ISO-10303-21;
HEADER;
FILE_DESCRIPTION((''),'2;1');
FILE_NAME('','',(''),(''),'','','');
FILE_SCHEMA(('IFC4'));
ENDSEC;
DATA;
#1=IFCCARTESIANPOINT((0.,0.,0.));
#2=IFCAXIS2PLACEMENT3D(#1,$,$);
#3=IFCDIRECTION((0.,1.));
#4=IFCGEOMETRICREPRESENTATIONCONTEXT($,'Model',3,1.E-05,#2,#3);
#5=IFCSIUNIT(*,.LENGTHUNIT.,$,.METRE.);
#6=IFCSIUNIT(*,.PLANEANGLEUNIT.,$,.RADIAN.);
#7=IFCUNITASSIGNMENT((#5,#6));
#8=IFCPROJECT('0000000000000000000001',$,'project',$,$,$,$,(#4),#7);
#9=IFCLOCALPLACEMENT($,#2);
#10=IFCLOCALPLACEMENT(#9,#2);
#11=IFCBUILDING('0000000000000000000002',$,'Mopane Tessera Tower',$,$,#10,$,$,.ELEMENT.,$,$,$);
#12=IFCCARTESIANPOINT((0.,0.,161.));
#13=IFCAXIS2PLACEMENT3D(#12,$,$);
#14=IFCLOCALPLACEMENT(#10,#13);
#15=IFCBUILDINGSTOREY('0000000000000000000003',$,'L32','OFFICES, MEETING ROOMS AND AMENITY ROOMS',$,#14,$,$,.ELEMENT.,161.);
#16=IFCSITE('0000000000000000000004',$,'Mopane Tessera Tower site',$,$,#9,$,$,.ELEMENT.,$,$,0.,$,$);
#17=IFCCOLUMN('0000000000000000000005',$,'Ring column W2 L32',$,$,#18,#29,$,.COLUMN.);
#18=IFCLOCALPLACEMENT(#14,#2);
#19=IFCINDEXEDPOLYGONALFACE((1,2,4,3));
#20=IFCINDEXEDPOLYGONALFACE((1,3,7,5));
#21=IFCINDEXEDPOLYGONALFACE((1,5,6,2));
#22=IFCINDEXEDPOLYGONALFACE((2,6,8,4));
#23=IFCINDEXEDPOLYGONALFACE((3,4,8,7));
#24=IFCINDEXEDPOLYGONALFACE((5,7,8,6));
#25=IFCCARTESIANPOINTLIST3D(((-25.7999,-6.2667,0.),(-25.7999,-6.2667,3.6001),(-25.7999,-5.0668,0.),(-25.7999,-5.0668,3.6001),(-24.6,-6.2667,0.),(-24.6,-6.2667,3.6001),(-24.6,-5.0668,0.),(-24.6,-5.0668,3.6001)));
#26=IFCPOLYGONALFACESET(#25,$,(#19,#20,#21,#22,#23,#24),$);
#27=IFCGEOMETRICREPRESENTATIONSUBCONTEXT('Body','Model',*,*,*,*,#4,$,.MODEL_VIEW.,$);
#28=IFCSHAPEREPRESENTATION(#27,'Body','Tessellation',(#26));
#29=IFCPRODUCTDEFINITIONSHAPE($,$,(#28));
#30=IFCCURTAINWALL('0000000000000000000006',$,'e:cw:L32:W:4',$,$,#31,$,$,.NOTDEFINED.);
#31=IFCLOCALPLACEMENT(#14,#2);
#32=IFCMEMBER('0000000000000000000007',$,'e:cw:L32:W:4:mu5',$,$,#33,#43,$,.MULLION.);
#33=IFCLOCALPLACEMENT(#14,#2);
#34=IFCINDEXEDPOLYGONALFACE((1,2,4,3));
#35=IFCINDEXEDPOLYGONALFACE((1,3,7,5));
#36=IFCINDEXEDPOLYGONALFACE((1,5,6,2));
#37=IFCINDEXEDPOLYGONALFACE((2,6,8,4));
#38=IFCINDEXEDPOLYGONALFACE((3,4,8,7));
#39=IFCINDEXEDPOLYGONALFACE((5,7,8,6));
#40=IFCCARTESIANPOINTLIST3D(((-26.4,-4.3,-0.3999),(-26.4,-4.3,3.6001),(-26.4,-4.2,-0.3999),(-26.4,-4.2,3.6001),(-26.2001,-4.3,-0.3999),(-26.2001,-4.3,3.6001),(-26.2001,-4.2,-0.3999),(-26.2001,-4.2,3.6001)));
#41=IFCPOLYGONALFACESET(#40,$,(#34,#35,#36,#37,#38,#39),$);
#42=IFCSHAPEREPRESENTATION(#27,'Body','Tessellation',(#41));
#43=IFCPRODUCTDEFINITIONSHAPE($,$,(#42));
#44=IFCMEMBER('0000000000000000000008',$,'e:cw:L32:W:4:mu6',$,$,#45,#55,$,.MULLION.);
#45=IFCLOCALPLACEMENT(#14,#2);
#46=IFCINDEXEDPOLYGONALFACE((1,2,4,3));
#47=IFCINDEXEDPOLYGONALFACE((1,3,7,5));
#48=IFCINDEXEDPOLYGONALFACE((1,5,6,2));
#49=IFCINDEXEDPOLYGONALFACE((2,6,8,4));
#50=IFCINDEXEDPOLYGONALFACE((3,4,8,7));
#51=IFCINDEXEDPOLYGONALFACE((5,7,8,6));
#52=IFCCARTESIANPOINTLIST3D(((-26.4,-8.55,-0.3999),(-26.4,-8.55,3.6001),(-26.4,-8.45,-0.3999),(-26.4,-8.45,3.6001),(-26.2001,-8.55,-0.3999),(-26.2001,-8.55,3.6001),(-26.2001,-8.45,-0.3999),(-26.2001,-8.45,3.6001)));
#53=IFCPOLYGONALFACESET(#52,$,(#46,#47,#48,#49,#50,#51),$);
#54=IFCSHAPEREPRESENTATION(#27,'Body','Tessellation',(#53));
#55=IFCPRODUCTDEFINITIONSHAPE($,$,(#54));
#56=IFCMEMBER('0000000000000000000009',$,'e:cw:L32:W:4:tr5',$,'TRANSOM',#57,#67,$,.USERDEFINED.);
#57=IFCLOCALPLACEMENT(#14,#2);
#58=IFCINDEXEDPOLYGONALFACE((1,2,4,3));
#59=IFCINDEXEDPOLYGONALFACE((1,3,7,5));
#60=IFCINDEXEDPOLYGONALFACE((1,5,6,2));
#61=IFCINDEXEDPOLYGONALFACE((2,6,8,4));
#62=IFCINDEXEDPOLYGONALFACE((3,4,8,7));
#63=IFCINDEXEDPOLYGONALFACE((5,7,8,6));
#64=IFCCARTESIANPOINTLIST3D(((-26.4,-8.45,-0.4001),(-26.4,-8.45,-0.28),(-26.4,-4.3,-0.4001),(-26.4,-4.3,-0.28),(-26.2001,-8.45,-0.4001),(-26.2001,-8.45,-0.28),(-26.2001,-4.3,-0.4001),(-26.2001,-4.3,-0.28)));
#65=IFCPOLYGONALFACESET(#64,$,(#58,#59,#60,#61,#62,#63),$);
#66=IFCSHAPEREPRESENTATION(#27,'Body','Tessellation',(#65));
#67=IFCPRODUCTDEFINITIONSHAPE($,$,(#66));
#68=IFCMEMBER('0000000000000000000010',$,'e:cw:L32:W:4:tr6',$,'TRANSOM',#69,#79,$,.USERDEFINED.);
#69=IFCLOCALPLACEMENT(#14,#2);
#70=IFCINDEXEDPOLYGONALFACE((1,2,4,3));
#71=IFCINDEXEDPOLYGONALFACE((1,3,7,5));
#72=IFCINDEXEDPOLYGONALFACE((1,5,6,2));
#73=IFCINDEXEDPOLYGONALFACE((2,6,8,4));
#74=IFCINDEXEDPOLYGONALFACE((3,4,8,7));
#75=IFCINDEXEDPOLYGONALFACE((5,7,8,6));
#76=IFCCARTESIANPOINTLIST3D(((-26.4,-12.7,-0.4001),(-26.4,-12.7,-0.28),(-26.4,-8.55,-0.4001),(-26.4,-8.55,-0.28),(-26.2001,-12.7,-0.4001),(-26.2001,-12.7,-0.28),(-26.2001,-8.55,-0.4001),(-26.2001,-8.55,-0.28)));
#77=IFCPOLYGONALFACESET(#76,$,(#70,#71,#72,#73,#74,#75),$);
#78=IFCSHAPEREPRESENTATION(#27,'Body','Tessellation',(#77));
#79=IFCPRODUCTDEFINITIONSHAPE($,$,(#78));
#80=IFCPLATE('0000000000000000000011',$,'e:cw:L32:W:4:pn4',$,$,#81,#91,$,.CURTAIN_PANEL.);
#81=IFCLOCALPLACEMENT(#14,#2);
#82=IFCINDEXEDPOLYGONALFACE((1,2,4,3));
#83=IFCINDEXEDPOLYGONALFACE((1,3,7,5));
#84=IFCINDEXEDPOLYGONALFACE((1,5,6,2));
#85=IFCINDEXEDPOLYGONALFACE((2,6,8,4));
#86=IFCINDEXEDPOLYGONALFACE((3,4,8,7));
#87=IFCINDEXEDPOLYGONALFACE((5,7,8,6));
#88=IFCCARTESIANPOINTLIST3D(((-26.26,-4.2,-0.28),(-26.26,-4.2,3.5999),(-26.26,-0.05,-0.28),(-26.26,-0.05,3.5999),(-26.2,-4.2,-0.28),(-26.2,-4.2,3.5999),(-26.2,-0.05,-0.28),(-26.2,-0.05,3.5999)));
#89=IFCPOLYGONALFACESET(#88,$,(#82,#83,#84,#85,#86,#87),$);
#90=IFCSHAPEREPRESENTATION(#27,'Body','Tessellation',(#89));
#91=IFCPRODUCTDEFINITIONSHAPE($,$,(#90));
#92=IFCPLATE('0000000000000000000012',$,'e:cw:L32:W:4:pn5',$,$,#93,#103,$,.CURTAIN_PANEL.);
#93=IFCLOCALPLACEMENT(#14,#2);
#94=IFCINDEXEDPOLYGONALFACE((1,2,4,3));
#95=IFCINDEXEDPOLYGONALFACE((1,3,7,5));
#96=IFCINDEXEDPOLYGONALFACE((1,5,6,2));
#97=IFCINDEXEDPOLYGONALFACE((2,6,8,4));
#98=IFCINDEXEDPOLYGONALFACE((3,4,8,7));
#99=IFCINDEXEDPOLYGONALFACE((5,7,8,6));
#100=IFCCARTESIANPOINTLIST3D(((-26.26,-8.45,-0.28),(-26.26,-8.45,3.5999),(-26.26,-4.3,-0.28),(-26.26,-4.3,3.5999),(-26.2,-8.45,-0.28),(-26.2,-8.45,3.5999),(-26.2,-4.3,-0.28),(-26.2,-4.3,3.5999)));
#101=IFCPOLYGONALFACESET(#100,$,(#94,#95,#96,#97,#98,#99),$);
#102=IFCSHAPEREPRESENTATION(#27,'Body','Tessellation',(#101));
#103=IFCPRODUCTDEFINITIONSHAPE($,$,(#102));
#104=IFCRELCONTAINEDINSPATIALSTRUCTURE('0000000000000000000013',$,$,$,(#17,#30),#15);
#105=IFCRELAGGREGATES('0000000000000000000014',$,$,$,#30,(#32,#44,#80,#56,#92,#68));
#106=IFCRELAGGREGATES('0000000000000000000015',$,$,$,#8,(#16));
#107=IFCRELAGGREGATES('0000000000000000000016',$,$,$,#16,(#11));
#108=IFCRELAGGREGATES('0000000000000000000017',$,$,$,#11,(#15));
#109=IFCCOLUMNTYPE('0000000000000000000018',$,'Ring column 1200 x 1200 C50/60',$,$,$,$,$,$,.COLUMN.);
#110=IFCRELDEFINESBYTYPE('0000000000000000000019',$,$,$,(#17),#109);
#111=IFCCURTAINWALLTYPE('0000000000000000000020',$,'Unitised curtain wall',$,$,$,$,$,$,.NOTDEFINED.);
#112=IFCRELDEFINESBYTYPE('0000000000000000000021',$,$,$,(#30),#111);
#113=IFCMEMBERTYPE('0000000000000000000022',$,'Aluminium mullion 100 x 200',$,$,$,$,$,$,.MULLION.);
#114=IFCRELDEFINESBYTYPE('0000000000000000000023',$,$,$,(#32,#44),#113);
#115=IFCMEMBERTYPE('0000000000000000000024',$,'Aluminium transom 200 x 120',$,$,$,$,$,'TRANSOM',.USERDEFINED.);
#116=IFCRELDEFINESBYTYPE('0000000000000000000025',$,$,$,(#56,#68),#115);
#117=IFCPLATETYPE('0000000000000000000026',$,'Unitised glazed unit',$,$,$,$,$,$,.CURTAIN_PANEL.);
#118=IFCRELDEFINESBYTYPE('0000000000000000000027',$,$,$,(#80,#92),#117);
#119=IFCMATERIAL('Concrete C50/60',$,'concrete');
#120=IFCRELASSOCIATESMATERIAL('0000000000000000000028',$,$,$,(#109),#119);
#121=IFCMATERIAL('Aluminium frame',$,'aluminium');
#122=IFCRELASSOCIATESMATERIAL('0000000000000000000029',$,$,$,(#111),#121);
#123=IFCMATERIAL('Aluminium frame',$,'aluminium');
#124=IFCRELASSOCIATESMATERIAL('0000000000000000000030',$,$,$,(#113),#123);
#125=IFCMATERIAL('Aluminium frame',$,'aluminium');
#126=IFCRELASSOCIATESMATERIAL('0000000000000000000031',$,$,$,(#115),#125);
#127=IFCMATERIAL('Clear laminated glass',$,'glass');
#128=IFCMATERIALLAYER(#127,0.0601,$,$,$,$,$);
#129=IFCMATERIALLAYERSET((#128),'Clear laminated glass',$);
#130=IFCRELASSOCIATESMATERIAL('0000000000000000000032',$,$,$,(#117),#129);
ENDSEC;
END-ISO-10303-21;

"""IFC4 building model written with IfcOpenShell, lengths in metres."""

from ifc_helpers import new_model, si_unit, direction, frame, origin, origin_2d, place, context, subcontext, project, spatial, rectangle, extrude, material, layer, layer_set, material_profile, profile_set, type_object, element, aggregate, save


model = new_model("IFC4")

# Units and contexts
model_context = context("Model", 3, precision=1e-05, world=origin(), true_north=direction((0.0, 1.0)))
body_context = subcontext(model_context, "Body", "Model", "MODEL_VIEW")
ifc_project = project(units=[si_unit("LENGTHUNIT", "METRE"), si_unit("PLANEANGLEUNIT", "RADIAN")], contexts=[model_context])

# Site, building, storey
site_placement = place(None, origin())
site = spatial("IfcSite", under=ifc_project, at=site_placement, Name="Mopane Tessera Tower site", CompositionType="ELEMENT", RefElevation=0.0)
building_placement = place(site_placement, origin())
building = spatial("IfcBuilding", under=site, at=building_placement, Name="Mopane Tessera Tower", CompositionType="ELEMENT")
storey_placement = place(building_placement, frame((0.0, 0.0, 161.0)))
storey = spatial("IfcBuildingStorey", under=building, at=storey_placement, Name="L32", Description="OFFICES, MEETING ROOMS AND AMENITY ROOMS", CompositionType="ELEMENT", Elevation=161.0)

# Column
ifc_material_1 = material(Name="Concrete C50/60", Category="concrete")
ifc_material_profile_1 = material_profile(ifc_material_1, rectangle(XDim=1.2, YDim=1.2, at=origin_2d()))
ifc_profile_set_1 = profile_set([ifc_material_profile_1], Name="Concrete C50/60")
column_type = type_object("IfcColumnType", Name="Ring column 1200 x 1200 C50/60", PredefinedType="COLUMN", material=ifc_profile_set_1)
column_placement = place(storey_placement, frame((-25.2, -5.6667, 0.0), z_axis=(0.0, 0.0, 1.0), x_axis=(1.0, 0.0, 0.0)))
element("IfcColumn", 1, at=column_placement, inside=storey, type_object=column_type, Name="Ring column W2 L32", PredefinedType="COLUMN", context=body_context, shape_type="SweptSolid", body=[
    extrude(rectangle(XDim=1.2, YDim=1.2, at=origin_2d()), origin(), (0.0, 0.0, 1.0), 3.6001),
])

# Curtain wall, members, plates
ifc_material_2 = material(Name="Aluminium frame", Category="aluminium")
curtain_wall_type = type_object("IfcCurtainWallType", Name="Unitised curtain wall", PredefinedType="NOTDEFINED", material=ifc_material_2)
curtain_wall_placement = place(storey_placement, origin())
curtain_wall = element("IfcCurtainWall", 2, at=curtain_wall_placement, inside=storey, type_object=curtain_wall_type, Name="e:cw:L32:W:4", PredefinedType="NOTDEFINED")
ifc_material_3 = material(Name="Aluminium frame", Category="aluminium")
ifc_material_profile_2 = material_profile(ifc_material_3, rectangle(XDim=0.1001, YDim=0.2, at=origin_2d()))
ifc_profile_set_2 = profile_set([ifc_material_profile_2], Name="Aluminium frame")
member_type_1 = type_object("IfcMemberType", Name="Aluminium mullion 100 x 200", PredefinedType="MULLION", material=ifc_profile_set_2)
member_1_placement = place(storey_placement, frame((-26.3, -4.25, -0.3999), z_axis=(0.0, 0.0, 1.0), x_axis=(0.0, -1.0, 0.0)))
member_1 = element("IfcMember", 3, at=member_1_placement, type_object=member_type_1, Name="e:cw:L32:W:4:mu5", PredefinedType="MULLION", context=body_context, shape_type="SweptSolid", body=[
    extrude(rectangle(XDim=0.1001, YDim=0.2, at=origin_2d()), origin(), (0.0, 0.0, 1.0), 4.0),
])
member_2_placement = place(storey_placement, frame((-26.3, -8.5, -0.3999), z_axis=(0.0, 0.0, 1.0), x_axis=(0.0, -1.0, 0.0)))
member_2 = element("IfcMember", 4, at=member_2_placement, type_object=member_type_1, Name="e:cw:L32:W:4:mu6", PredefinedType="MULLION", context=body_context, shape_type="SweptSolid", body=[
    extrude(rectangle(XDim=0.1001, YDim=0.2, at=origin_2d()), origin(), (0.0, 0.0, 1.0), 4.0),
])
ifc_material_4 = material(Name="Aluminium frame", Category="aluminium")
ifc_material_profile_3 = material_profile(ifc_material_4, rectangle(XDim=0.2, YDim=0.1201, at=origin_2d()))
ifc_profile_set_3 = profile_set([ifc_material_profile_3], Name="Aluminium frame")
member_type_2 = type_object("IfcMemberType", Name="Aluminium transom 200 x 120", ElementType="TRANSOM", PredefinedType="USERDEFINED", material=ifc_profile_set_3)
member_3_placement = place(storey_placement, frame((-26.3, -4.3, -0.3401), z_axis=(0.0, -1.0, 0.0), x_axis=(1.0, 0.0, 0.0)))
member_3 = element("IfcMember", 5, at=member_3_placement, type_object=member_type_2, Name="e:cw:L32:W:4:tr5", ObjectType="TRANSOM", PredefinedType="USERDEFINED", context=body_context, shape_type="SweptSolid", body=[
    extrude(rectangle(XDim=0.2, YDim=0.1201, at=origin_2d()), origin(), (0.0, 0.0, 1.0), 4.1499),
])
member_4_placement = place(storey_placement, frame((-26.3, -8.55, -0.3401), z_axis=(0.0, -1.0, 0.0), x_axis=(1.0, 0.0, 0.0)))
member_4 = element("IfcMember", 6, at=member_4_placement, type_object=member_type_2, Name="e:cw:L32:W:4:tr6", ObjectType="TRANSOM", PredefinedType="USERDEFINED", context=body_context, shape_type="SweptSolid", body=[
    extrude(rectangle(XDim=0.2, YDim=0.1201, at=origin_2d()), origin(), (0.0, 0.0, 1.0), 4.1499),
])
ifc_material_5 = material(Name="Clear laminated glass", Category="glass")
ifc_layer_1 = layer(ifc_material_5, 0.0601)
ifc_layer_set_1 = layer_set([ifc_layer_1], Name="Clear laminated glass")
plate_type = type_object("IfcPlateType", Name="Unitised glazed unit", PredefinedType="CURTAIN_PANEL", material=ifc_layer_set_1)
plate_1_placement = place(storey_placement, frame((-26.23, -2.125, -0.28), z_axis=(0.0, 0.0, 1.0), x_axis=(0.0, -1.0, 0.0)))
plate_1 = element("IfcPlate", 7, at=plate_1_placement, type_object=plate_type, Name="e:cw:L32:W:4:pn4", PredefinedType="CURTAIN_PANEL", context=body_context, shape_type="SweptSolid", body=[
    extrude(rectangle(XDim=4.1499, YDim=0.0601, at=origin_2d()), origin(), (0.0, 0.0, 1.0), 3.8799),
])
plate_2_placement = place(storey_placement, frame((-26.23, -6.375, -0.28), z_axis=(0.0, 0.0, 1.0), x_axis=(0.0, -1.0, 0.0)))
plate_2 = element("IfcPlate", 8, at=plate_2_placement, type_object=plate_type, Name="e:cw:L32:W:4:pn5", PredefinedType="CURTAIN_PANEL", context=body_context, shape_type="SweptSolid", body=[
    extrude(rectangle(XDim=4.1499, YDim=0.0601, at=origin_2d()), origin(), (0.0, 0.0, 1.0), 3.8799),
])
aggregate(curtain_wall, [member_1, member_2, plate_1, member_3, plate_2, member_4])

save(model, "model.ifc")
